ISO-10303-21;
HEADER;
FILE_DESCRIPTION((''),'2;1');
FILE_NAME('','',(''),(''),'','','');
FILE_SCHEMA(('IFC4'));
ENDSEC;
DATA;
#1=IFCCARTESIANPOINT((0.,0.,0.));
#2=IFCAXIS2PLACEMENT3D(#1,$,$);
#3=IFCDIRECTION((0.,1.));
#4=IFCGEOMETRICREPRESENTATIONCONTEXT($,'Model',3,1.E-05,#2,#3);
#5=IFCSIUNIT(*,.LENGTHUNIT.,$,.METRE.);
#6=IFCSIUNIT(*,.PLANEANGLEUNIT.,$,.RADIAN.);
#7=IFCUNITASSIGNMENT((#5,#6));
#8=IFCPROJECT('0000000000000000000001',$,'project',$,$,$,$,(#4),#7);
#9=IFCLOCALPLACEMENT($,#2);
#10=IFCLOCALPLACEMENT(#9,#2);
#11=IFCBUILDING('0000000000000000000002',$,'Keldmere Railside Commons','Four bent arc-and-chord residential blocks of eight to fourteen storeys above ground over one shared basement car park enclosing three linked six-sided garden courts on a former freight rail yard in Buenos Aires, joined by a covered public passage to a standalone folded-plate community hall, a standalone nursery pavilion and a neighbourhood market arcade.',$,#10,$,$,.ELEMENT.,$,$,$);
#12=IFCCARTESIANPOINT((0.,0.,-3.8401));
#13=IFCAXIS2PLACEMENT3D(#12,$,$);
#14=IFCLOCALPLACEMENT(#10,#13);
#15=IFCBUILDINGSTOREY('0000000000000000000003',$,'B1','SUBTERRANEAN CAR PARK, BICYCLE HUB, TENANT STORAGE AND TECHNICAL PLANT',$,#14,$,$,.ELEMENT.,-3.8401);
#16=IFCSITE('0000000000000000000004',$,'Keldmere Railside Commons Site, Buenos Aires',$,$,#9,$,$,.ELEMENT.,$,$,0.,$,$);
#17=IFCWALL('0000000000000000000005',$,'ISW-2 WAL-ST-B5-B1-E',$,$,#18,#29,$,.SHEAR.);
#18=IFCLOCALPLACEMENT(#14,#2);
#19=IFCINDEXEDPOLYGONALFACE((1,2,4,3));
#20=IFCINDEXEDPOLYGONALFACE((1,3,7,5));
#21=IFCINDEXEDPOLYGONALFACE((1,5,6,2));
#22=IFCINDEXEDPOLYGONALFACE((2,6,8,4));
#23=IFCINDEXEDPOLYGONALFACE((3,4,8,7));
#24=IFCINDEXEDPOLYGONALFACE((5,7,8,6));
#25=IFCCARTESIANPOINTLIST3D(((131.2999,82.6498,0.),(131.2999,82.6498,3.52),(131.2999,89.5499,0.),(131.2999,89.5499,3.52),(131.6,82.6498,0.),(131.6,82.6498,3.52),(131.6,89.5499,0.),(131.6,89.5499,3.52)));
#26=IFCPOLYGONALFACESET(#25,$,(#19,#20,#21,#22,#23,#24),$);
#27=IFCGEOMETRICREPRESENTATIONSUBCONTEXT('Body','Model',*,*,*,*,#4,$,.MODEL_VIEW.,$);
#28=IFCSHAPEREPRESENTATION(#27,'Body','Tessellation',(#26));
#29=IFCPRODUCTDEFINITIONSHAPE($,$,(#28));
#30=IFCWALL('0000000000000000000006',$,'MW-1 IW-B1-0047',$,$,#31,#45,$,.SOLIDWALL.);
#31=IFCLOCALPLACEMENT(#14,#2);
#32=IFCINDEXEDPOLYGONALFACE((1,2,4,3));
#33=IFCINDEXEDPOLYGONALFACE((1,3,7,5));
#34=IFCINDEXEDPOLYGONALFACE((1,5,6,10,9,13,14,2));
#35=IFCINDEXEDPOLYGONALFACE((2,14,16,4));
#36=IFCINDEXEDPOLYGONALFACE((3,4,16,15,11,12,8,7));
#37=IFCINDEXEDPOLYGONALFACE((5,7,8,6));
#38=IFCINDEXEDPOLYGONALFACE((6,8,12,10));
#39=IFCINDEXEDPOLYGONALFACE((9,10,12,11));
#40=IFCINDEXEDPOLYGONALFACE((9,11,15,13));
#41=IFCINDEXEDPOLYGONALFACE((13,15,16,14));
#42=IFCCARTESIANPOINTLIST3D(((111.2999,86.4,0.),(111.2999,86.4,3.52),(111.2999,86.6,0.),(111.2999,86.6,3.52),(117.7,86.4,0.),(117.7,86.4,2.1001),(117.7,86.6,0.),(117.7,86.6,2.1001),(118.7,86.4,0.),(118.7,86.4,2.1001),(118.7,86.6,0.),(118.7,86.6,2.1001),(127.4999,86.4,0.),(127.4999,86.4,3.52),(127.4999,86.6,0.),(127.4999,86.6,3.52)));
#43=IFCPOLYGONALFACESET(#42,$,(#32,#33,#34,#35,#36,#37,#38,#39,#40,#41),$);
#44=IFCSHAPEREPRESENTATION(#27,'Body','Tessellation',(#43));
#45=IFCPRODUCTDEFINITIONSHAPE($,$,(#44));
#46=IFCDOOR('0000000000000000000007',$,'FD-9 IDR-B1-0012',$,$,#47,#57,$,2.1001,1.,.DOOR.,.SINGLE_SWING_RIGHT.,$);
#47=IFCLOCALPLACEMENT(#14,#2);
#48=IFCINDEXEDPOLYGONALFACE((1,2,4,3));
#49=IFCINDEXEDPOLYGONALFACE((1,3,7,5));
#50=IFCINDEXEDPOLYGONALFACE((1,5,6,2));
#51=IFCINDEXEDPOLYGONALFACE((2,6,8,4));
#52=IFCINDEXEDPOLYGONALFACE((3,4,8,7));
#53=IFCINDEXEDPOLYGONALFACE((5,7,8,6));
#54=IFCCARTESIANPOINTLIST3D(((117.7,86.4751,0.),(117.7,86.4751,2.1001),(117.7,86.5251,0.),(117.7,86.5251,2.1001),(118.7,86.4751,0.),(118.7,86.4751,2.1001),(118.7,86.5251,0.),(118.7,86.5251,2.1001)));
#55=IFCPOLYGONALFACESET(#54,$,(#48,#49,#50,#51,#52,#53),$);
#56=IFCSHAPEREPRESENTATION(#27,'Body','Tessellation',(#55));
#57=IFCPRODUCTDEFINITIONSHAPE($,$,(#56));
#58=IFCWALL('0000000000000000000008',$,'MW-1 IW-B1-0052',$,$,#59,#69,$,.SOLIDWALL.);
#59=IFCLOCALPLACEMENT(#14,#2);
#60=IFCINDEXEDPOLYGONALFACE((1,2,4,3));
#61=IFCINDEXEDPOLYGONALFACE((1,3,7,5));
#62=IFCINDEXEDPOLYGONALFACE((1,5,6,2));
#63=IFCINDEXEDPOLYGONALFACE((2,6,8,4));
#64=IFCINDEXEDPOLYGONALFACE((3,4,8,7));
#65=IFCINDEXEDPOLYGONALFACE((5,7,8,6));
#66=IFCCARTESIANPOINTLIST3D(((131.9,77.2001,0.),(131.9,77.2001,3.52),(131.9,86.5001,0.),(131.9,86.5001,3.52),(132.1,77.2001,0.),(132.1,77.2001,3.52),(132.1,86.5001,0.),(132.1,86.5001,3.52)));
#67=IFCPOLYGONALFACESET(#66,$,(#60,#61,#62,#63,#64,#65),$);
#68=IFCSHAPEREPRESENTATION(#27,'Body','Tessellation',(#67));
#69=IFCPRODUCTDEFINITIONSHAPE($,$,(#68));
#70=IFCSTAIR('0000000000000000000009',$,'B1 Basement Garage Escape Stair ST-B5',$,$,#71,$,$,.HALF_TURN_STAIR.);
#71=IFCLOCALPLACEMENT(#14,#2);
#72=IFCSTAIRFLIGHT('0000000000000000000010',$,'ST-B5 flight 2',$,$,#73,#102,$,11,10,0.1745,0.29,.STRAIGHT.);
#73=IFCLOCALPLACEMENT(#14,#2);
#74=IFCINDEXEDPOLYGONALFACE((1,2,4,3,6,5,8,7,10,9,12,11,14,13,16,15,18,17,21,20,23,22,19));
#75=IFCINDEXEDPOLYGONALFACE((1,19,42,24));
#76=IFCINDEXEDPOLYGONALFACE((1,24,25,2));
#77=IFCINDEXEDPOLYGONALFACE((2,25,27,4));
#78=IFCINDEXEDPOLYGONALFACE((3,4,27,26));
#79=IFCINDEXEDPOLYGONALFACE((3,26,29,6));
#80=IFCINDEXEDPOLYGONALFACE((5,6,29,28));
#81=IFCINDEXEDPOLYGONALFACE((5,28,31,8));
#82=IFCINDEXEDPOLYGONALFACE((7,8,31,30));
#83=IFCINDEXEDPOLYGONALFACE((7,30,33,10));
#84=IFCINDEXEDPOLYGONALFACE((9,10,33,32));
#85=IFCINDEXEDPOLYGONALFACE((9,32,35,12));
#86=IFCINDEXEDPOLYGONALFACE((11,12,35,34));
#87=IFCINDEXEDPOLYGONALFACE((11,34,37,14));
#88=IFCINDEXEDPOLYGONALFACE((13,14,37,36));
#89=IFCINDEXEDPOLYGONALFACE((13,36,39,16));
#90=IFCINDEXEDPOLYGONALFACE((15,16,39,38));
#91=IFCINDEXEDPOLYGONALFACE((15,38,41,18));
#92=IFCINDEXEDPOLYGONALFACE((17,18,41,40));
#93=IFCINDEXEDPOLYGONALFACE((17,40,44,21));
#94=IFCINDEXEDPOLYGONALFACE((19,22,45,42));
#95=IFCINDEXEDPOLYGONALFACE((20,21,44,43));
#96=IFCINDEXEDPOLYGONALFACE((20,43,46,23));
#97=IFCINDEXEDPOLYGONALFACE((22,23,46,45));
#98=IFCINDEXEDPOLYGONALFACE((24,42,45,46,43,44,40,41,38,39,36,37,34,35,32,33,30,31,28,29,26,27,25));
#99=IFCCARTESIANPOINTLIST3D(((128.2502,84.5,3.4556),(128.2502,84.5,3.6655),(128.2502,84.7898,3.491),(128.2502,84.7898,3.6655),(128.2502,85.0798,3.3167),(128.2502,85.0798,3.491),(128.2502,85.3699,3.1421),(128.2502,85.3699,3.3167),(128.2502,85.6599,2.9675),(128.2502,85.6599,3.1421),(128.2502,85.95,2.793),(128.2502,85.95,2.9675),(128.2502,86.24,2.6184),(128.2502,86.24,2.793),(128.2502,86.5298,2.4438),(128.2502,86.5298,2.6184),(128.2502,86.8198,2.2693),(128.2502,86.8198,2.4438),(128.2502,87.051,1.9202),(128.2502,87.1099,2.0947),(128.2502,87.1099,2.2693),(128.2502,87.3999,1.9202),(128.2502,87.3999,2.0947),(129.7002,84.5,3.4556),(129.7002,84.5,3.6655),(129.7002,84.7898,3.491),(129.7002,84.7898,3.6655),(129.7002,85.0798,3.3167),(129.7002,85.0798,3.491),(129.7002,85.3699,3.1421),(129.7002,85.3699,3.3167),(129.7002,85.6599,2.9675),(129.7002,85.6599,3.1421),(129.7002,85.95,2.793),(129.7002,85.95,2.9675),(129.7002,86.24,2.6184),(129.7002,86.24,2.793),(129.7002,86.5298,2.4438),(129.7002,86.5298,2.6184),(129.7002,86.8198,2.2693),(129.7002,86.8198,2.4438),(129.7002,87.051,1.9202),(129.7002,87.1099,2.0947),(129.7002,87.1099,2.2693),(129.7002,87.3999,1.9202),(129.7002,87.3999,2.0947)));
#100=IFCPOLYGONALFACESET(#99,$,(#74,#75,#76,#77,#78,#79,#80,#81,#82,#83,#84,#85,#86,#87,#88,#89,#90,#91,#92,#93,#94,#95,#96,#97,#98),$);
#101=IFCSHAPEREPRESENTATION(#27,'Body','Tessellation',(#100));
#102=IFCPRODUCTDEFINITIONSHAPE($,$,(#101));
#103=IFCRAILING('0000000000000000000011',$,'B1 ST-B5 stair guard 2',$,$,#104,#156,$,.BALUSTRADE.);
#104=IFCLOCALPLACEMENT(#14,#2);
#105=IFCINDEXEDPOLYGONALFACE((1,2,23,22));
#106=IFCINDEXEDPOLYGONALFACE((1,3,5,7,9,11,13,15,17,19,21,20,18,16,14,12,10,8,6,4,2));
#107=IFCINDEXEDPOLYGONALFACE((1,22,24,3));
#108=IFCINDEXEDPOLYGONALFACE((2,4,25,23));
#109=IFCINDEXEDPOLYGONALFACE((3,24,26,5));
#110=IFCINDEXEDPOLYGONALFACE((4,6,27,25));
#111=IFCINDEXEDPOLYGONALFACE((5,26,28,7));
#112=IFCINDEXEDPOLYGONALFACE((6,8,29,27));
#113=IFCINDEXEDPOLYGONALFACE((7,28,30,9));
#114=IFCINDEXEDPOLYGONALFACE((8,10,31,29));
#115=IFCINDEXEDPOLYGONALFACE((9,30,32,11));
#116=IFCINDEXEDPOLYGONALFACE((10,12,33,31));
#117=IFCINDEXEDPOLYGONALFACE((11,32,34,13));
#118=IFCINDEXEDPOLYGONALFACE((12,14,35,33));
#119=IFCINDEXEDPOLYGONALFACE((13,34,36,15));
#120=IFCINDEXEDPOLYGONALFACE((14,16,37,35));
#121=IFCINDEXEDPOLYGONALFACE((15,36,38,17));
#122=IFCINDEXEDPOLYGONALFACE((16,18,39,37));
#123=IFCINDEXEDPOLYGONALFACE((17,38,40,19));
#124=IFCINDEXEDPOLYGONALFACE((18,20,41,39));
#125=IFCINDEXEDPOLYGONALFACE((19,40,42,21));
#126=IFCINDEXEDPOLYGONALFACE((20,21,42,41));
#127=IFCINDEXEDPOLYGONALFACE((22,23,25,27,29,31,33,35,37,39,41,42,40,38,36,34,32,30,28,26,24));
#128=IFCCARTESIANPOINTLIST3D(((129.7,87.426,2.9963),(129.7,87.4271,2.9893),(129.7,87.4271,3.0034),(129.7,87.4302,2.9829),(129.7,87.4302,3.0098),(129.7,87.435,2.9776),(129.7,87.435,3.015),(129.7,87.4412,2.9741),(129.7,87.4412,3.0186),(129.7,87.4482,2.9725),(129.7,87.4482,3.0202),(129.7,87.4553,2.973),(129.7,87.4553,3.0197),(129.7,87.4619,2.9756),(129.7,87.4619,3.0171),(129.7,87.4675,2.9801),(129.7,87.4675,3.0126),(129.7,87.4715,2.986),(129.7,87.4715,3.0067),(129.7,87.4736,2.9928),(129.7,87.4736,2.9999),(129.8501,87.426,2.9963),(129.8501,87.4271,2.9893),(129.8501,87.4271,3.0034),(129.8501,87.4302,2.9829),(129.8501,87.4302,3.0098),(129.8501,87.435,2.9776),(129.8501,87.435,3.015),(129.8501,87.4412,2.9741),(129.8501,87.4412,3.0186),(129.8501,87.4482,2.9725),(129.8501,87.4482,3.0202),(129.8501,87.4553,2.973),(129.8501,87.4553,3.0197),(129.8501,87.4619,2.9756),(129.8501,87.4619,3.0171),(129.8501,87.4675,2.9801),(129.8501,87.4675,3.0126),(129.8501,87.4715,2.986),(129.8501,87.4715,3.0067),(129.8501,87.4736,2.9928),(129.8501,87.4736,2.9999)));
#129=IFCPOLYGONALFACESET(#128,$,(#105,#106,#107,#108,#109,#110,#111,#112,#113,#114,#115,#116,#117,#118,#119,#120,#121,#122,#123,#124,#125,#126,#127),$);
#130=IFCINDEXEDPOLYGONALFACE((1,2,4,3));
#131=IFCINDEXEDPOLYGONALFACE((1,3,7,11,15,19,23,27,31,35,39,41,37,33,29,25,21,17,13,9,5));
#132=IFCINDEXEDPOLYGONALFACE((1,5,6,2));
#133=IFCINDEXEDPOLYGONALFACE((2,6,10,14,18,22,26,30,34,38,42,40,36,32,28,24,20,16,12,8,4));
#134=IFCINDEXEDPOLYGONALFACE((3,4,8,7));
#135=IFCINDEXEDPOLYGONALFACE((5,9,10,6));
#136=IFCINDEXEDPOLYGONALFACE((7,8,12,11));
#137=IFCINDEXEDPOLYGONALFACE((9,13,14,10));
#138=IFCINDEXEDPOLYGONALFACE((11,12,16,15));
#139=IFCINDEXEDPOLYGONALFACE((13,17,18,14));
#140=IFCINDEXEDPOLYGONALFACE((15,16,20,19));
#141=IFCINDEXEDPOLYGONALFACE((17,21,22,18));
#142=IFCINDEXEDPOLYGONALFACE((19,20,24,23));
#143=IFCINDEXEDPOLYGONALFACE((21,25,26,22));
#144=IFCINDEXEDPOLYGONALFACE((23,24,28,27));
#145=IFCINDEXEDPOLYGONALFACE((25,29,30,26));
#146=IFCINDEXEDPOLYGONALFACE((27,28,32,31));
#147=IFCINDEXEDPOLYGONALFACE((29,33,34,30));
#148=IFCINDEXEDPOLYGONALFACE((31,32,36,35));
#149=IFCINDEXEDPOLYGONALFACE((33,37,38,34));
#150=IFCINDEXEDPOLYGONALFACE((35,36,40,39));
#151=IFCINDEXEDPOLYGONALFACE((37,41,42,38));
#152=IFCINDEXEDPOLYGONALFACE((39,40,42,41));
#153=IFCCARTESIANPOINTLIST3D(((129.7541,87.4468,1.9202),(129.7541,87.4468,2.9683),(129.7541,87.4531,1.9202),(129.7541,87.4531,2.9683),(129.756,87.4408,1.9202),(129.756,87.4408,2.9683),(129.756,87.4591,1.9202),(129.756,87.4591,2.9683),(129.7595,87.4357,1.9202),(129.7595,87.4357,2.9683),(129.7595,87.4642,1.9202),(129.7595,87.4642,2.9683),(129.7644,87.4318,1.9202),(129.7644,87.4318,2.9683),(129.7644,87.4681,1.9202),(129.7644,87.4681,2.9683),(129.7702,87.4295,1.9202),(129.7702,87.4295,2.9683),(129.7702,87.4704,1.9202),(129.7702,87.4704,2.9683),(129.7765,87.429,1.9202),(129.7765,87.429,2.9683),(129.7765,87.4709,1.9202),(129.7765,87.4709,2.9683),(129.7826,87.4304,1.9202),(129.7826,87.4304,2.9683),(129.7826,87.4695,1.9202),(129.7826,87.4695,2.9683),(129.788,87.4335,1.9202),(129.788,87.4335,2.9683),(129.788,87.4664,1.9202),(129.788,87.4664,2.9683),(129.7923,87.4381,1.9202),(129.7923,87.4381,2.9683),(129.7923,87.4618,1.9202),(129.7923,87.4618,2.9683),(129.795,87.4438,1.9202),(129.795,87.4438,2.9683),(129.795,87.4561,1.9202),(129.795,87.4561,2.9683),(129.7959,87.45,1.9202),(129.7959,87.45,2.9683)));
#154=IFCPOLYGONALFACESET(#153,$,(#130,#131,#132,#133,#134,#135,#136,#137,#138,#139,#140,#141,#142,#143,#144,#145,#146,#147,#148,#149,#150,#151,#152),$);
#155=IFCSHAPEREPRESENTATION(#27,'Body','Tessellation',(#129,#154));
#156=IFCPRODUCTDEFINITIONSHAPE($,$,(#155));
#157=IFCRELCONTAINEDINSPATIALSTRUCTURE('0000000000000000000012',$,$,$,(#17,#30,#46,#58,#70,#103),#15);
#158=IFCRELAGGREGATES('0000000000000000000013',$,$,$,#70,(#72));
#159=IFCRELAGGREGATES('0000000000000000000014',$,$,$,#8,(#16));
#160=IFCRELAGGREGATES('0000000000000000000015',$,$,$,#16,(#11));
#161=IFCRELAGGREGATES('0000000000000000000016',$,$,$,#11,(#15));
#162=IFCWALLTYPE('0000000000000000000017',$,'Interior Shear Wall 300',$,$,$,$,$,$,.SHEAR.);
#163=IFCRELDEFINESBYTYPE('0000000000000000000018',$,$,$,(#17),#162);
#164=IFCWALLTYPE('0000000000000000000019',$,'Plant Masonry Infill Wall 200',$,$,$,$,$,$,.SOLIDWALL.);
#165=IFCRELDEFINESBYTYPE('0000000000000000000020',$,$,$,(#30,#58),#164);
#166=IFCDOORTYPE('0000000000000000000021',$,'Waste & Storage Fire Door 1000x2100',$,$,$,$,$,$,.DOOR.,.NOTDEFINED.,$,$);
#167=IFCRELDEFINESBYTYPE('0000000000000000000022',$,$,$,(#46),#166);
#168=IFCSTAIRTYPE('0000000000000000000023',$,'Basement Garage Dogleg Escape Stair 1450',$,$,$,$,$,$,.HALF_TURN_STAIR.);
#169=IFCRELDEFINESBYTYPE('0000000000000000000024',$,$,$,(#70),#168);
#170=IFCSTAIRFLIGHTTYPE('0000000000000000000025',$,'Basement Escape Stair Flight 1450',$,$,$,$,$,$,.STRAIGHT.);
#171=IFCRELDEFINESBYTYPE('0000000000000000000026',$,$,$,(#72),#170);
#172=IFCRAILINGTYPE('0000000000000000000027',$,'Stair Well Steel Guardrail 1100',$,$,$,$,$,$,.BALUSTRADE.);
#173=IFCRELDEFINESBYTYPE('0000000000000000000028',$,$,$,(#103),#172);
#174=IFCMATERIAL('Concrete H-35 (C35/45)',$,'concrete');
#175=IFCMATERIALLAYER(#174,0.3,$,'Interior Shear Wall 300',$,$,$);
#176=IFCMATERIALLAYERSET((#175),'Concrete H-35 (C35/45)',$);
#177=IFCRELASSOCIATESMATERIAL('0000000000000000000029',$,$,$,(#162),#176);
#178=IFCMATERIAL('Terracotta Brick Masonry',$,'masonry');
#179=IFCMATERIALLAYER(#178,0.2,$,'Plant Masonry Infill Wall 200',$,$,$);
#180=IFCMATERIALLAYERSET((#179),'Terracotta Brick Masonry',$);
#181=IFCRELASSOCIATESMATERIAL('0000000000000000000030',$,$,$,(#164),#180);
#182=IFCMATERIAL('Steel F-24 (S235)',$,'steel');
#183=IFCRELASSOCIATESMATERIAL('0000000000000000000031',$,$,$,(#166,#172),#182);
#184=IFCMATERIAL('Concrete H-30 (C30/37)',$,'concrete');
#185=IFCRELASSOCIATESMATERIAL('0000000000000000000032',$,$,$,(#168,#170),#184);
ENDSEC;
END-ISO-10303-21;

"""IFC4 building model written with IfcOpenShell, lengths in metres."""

from ifc_helpers import new_model, si_unit, direction, frame, frame_2d, origin, origin_2d, place, context, subcontext, project, spatial, polyline, rectangle, circle, outline, extrude, material, layer, layer_set, type_object, element, fill, aggregate, save


model = new_model("IFC4")

# Units and contexts
model_context = context("Model", 3, precision=1e-05, world=origin(), true_north=direction((0.0, 1.0)))
body_context = subcontext(model_context, "Body", "Model", "MODEL_VIEW")
ifc_project = project(units=[si_unit("LENGTHUNIT", "METRE"), si_unit("PLANEANGLEUNIT", "RADIAN")], contexts=[model_context])

# Site, building, storey
site_placement = place(None, origin())
site = spatial("IfcSite", under=ifc_project, at=site_placement, Name="Keldmere Railside Commons Site, Buenos Aires", CompositionType="ELEMENT", RefElevation=0.0)
building_placement = place(site_placement, origin())
building = spatial("IfcBuilding", under=site, at=building_placement, Name="Keldmere Railside Commons", Description="Four bent arc-and-chord residential blocks of eight to fourteen storeys above ground over one shared basement car park enclosing three linked six-sided garden courts on a former freight rail yard in Buenos Aires, joined by a covered public passage to a standalone folded-plate community hall, a standalone nursery pavilion and a neighbourhood market arcade.", CompositionType="ELEMENT")
storey_placement = place(building_placement, frame((0.0, 0.0, -3.8401)))
storey = spatial("IfcBuildingStorey", under=building, at=storey_placement, Name="B1", Description="SUBTERRANEAN CAR PARK, BICYCLE HUB, TENANT STORAGE AND TECHNICAL PLANT", CompositionType="ELEMENT", Elevation=-3.8401)

# Shared definitions
ifc_material_1 = material(Name="Concrete H-30 (C30/37)", Category="concrete")

# Wall
ifc_material_2 = material(Name="Concrete H-35 (C35/45)", Category="concrete")
ifc_layer_1 = layer(ifc_material_2, 0.3, Name="Interior Shear Wall 300")
ifc_layer_set_1 = layer_set([ifc_layer_1], Name="Concrete H-35 (C35/45)")
wall_type_1 = type_object("IfcWallType", Name="Interior Shear Wall 300", PredefinedType="SHEAR", material=ifc_layer_set_1)
wall_1_placement = place(storey_placement, frame((131.45, 89.55, 0.0), z_axis=(0.0, 0.0, 1.0), x_axis=(0.0, -1.0, 0.0)))
element("IfcWall", 1, at=wall_1_placement, inside=storey, type_object=wall_type_1, Name="ISW-2 WAL-ST-B5-B1-E", PredefinedType="SHEAR", context=body_context, shape_type="SweptSolid", body=[
    extrude(rectangle(XDim=6.9001, YDim=0.3, at=frame_2d((3.4502, 0.0))), origin(), (0.0, 0.0, 1.0), 3.52),
])

# Wall, opening, door
ifc_material_3 = material(Name="Terracotta Brick Masonry", Category="masonry")
ifc_layer_2 = layer(ifc_material_3, 0.2, Name="Plant Masonry Infill Wall 200")
ifc_layer_set_2 = layer_set([ifc_layer_2], Name="Terracotta Brick Masonry")
wall_type_2 = type_object("IfcWallType", Name="Plant Masonry Infill Wall 200", PredefinedType="SOLIDWALL", material=ifc_layer_set_2)
wall_2_placement = place(storey_placement, frame((127.5, 86.5, 0.0), z_axis=(0.0, 0.0, 1.0), x_axis=(-1.0, 0.0, 0.0)))
wall_2 = element("IfcWall", 2, at=wall_2_placement, inside=storey, type_object=wall_type_2, Name="MW-1 IW-B1-0047", PredefinedType="SOLIDWALL", context=body_context, shape_type="SweptSolid", body=[
    extrude(rectangle(XDim=16.2, YDim=0.2, at=frame_2d((8.1001, 0.0))), origin(), (0.0, 0.0, 1.0), 3.52),
])
opening_placement = place(wall_2_placement, frame((8.8, 0.0, 0.0)))
opening = element("IfcOpeningElement", 3, at=opening_placement, cuts=wall_2, PredefinedType="OPENING", context=body_context, shape_type="SweptSolid", body=[
    extrude(rectangle(XDim=1.0, YDim=2.1001, at=frame_2d((0.5, 1.05))), frame((0.0, 0.1099, 0.0), z_axis=(0.0, -1.0, 0.0), x_axis=(1.0, 0.0, 0.0)), (0.0, 0.0, 1.0), 0.22),
])
ifc_material_4 = material(Name="Steel F-24 (S235)", Category="steel")
door_type = type_object("IfcDoorType", Name="Waste & Storage Fire Door 1000x2100", OperationType="NOTDEFINED", PredefinedType="DOOR", material=ifc_material_4)
door_placement = place(opening_placement, origin())
door = element("IfcDoor", 4, at=door_placement, inside=storey, type_object=door_type, Name="FD-9 IDR-B1-0012", OperationType="SINGLE_SWING_RIGHT", OverallHeight=2.1001, OverallWidth=1.0, PredefinedType="DOOR", context=body_context, shape_type="SweptSolid", body=[
    extrude(rectangle(XDim=1.0, YDim=2.1001, at=frame_2d((0.5, 1.05))), frame((0.0, 0.0249, 0.0), z_axis=(0.0, -1.0, 0.0), x_axis=(1.0, 0.0, 0.0)), (0.0, 0.0, 1.0), 0.05),
])
fill(opening, door)

# Wall
wall_3_placement = place(storey_placement, frame((132.0, 86.5, 0.0), z_axis=(0.0, 0.0, 1.0), x_axis=(0.0, -1.0, 0.0)))
element("IfcWall", 5, at=wall_3_placement, inside=storey, type_object=wall_type_2, Name="MW-1 IW-B1-0052", PredefinedType="SOLIDWALL", context=body_context, shape_type="SweptSolid", body=[
    extrude(rectangle(XDim=9.3, YDim=0.2, at=frame_2d((4.6499, 0.0))), origin(), (0.0, 0.0, 1.0), 3.52),
])

# Stair, stair flight
stair_type = type_object("IfcStairType", Name="Basement Garage Dogleg Escape Stair 1450", PredefinedType="HALF_TURN_STAIR", material=ifc_material_1)
stair_placement = place(storey_placement, origin())
stair = element("IfcStair", 6, at=stair_placement, inside=storey, type_object=stair_type, Name="B1 Basement Garage Escape Stair ST-B5", PredefinedType="HALF_TURN_STAIR")
stair_flight_type = type_object("IfcStairFlightType", Name="Basement Escape Stair Flight 1450", PredefinedType="STRAIGHT", material=ifc_material_1)
stair_flight_placement = place(storey_placement, frame((128.9751, 87.3999, 1.9202), z_axis=(0.0, 0.0, 1.0), x_axis=(0.0, -1.0, 0.0)))
stair_flight = element("IfcStairFlight", 7, at=stair_flight_placement, type_object=stair_flight_type, Name="ST-B5 flight 2", NumberOfRisers=11, NumberOfTreads=10, PredefinedType="STRAIGHT", RiserHeight=0.1745, TreadLength=0.29, context=body_context, shape_type="SweptSolid", body=[
    extrude(outline(polyline([(0.0, 0.0), (0.0, 0.1746), (0.29, 0.1746), (0.29, 0.3491), (0.5801, 0.3491), (0.5801, 0.5237), (0.8701, 0.5237), (0.8701, 0.6982), (1.1599, 0.6982), (1.1599, 0.8728), (1.45, 0.8728), (1.45, 1.0474), (1.74, 1.0474), (1.74, 1.2219), (2.03, 1.2219), (2.03, 1.3965), (2.3201, 1.3965), (2.3201, 1.5708), (2.6101, 1.5708), (2.6101, 1.7454), (2.8999, 1.7454), (2.8999, 1.9199), (2.8999, 1.5354), (0.3489, 0.0), (0.0, 0.0)])), frame((0.0, 0.7251, 0.0), z_axis=(0.0, -1.0, 0.0), x_axis=(1.0, 0.0, 0.0)), (0.0, 0.0, 1.0), 1.45),
])
aggregate(stair, [stair_flight])

# Railing
railing_type_1 = type_object("IfcRailingType", Name="Stair Well Steel Guardrail 1100", PredefinedType="BALUSTRADE", material=ifc_material_4)
railing_1_placement = place(storey_placement, frame((129.8501, 87.45, 1.9202)))
element("IfcRailing", 8, at=railing_1_placement, inside=storey, type_object=railing_type_1, Name="B1 ST-B5 stair guard 2", PredefinedType="BALUSTRADE", context=body_context, shape_type="SweptSolid", body=[
    extrude(circle(Radius=0.0239, at=origin_2d()), frame((0.0, 0.0, 1.0762), z_axis=(-1.0, 0.0, 0.0), x_axis=(0.0, -1.0, 0.0)), (0.0, 0.0, 1.0), 0.1501),
    extrude(circle(Radius=0.021, at=origin_2d()), frame((-0.0752, 0.0, 0.0)), (0.0, 0.0, 1.0), 1.0481),
])

save(model, "model.ifc")
